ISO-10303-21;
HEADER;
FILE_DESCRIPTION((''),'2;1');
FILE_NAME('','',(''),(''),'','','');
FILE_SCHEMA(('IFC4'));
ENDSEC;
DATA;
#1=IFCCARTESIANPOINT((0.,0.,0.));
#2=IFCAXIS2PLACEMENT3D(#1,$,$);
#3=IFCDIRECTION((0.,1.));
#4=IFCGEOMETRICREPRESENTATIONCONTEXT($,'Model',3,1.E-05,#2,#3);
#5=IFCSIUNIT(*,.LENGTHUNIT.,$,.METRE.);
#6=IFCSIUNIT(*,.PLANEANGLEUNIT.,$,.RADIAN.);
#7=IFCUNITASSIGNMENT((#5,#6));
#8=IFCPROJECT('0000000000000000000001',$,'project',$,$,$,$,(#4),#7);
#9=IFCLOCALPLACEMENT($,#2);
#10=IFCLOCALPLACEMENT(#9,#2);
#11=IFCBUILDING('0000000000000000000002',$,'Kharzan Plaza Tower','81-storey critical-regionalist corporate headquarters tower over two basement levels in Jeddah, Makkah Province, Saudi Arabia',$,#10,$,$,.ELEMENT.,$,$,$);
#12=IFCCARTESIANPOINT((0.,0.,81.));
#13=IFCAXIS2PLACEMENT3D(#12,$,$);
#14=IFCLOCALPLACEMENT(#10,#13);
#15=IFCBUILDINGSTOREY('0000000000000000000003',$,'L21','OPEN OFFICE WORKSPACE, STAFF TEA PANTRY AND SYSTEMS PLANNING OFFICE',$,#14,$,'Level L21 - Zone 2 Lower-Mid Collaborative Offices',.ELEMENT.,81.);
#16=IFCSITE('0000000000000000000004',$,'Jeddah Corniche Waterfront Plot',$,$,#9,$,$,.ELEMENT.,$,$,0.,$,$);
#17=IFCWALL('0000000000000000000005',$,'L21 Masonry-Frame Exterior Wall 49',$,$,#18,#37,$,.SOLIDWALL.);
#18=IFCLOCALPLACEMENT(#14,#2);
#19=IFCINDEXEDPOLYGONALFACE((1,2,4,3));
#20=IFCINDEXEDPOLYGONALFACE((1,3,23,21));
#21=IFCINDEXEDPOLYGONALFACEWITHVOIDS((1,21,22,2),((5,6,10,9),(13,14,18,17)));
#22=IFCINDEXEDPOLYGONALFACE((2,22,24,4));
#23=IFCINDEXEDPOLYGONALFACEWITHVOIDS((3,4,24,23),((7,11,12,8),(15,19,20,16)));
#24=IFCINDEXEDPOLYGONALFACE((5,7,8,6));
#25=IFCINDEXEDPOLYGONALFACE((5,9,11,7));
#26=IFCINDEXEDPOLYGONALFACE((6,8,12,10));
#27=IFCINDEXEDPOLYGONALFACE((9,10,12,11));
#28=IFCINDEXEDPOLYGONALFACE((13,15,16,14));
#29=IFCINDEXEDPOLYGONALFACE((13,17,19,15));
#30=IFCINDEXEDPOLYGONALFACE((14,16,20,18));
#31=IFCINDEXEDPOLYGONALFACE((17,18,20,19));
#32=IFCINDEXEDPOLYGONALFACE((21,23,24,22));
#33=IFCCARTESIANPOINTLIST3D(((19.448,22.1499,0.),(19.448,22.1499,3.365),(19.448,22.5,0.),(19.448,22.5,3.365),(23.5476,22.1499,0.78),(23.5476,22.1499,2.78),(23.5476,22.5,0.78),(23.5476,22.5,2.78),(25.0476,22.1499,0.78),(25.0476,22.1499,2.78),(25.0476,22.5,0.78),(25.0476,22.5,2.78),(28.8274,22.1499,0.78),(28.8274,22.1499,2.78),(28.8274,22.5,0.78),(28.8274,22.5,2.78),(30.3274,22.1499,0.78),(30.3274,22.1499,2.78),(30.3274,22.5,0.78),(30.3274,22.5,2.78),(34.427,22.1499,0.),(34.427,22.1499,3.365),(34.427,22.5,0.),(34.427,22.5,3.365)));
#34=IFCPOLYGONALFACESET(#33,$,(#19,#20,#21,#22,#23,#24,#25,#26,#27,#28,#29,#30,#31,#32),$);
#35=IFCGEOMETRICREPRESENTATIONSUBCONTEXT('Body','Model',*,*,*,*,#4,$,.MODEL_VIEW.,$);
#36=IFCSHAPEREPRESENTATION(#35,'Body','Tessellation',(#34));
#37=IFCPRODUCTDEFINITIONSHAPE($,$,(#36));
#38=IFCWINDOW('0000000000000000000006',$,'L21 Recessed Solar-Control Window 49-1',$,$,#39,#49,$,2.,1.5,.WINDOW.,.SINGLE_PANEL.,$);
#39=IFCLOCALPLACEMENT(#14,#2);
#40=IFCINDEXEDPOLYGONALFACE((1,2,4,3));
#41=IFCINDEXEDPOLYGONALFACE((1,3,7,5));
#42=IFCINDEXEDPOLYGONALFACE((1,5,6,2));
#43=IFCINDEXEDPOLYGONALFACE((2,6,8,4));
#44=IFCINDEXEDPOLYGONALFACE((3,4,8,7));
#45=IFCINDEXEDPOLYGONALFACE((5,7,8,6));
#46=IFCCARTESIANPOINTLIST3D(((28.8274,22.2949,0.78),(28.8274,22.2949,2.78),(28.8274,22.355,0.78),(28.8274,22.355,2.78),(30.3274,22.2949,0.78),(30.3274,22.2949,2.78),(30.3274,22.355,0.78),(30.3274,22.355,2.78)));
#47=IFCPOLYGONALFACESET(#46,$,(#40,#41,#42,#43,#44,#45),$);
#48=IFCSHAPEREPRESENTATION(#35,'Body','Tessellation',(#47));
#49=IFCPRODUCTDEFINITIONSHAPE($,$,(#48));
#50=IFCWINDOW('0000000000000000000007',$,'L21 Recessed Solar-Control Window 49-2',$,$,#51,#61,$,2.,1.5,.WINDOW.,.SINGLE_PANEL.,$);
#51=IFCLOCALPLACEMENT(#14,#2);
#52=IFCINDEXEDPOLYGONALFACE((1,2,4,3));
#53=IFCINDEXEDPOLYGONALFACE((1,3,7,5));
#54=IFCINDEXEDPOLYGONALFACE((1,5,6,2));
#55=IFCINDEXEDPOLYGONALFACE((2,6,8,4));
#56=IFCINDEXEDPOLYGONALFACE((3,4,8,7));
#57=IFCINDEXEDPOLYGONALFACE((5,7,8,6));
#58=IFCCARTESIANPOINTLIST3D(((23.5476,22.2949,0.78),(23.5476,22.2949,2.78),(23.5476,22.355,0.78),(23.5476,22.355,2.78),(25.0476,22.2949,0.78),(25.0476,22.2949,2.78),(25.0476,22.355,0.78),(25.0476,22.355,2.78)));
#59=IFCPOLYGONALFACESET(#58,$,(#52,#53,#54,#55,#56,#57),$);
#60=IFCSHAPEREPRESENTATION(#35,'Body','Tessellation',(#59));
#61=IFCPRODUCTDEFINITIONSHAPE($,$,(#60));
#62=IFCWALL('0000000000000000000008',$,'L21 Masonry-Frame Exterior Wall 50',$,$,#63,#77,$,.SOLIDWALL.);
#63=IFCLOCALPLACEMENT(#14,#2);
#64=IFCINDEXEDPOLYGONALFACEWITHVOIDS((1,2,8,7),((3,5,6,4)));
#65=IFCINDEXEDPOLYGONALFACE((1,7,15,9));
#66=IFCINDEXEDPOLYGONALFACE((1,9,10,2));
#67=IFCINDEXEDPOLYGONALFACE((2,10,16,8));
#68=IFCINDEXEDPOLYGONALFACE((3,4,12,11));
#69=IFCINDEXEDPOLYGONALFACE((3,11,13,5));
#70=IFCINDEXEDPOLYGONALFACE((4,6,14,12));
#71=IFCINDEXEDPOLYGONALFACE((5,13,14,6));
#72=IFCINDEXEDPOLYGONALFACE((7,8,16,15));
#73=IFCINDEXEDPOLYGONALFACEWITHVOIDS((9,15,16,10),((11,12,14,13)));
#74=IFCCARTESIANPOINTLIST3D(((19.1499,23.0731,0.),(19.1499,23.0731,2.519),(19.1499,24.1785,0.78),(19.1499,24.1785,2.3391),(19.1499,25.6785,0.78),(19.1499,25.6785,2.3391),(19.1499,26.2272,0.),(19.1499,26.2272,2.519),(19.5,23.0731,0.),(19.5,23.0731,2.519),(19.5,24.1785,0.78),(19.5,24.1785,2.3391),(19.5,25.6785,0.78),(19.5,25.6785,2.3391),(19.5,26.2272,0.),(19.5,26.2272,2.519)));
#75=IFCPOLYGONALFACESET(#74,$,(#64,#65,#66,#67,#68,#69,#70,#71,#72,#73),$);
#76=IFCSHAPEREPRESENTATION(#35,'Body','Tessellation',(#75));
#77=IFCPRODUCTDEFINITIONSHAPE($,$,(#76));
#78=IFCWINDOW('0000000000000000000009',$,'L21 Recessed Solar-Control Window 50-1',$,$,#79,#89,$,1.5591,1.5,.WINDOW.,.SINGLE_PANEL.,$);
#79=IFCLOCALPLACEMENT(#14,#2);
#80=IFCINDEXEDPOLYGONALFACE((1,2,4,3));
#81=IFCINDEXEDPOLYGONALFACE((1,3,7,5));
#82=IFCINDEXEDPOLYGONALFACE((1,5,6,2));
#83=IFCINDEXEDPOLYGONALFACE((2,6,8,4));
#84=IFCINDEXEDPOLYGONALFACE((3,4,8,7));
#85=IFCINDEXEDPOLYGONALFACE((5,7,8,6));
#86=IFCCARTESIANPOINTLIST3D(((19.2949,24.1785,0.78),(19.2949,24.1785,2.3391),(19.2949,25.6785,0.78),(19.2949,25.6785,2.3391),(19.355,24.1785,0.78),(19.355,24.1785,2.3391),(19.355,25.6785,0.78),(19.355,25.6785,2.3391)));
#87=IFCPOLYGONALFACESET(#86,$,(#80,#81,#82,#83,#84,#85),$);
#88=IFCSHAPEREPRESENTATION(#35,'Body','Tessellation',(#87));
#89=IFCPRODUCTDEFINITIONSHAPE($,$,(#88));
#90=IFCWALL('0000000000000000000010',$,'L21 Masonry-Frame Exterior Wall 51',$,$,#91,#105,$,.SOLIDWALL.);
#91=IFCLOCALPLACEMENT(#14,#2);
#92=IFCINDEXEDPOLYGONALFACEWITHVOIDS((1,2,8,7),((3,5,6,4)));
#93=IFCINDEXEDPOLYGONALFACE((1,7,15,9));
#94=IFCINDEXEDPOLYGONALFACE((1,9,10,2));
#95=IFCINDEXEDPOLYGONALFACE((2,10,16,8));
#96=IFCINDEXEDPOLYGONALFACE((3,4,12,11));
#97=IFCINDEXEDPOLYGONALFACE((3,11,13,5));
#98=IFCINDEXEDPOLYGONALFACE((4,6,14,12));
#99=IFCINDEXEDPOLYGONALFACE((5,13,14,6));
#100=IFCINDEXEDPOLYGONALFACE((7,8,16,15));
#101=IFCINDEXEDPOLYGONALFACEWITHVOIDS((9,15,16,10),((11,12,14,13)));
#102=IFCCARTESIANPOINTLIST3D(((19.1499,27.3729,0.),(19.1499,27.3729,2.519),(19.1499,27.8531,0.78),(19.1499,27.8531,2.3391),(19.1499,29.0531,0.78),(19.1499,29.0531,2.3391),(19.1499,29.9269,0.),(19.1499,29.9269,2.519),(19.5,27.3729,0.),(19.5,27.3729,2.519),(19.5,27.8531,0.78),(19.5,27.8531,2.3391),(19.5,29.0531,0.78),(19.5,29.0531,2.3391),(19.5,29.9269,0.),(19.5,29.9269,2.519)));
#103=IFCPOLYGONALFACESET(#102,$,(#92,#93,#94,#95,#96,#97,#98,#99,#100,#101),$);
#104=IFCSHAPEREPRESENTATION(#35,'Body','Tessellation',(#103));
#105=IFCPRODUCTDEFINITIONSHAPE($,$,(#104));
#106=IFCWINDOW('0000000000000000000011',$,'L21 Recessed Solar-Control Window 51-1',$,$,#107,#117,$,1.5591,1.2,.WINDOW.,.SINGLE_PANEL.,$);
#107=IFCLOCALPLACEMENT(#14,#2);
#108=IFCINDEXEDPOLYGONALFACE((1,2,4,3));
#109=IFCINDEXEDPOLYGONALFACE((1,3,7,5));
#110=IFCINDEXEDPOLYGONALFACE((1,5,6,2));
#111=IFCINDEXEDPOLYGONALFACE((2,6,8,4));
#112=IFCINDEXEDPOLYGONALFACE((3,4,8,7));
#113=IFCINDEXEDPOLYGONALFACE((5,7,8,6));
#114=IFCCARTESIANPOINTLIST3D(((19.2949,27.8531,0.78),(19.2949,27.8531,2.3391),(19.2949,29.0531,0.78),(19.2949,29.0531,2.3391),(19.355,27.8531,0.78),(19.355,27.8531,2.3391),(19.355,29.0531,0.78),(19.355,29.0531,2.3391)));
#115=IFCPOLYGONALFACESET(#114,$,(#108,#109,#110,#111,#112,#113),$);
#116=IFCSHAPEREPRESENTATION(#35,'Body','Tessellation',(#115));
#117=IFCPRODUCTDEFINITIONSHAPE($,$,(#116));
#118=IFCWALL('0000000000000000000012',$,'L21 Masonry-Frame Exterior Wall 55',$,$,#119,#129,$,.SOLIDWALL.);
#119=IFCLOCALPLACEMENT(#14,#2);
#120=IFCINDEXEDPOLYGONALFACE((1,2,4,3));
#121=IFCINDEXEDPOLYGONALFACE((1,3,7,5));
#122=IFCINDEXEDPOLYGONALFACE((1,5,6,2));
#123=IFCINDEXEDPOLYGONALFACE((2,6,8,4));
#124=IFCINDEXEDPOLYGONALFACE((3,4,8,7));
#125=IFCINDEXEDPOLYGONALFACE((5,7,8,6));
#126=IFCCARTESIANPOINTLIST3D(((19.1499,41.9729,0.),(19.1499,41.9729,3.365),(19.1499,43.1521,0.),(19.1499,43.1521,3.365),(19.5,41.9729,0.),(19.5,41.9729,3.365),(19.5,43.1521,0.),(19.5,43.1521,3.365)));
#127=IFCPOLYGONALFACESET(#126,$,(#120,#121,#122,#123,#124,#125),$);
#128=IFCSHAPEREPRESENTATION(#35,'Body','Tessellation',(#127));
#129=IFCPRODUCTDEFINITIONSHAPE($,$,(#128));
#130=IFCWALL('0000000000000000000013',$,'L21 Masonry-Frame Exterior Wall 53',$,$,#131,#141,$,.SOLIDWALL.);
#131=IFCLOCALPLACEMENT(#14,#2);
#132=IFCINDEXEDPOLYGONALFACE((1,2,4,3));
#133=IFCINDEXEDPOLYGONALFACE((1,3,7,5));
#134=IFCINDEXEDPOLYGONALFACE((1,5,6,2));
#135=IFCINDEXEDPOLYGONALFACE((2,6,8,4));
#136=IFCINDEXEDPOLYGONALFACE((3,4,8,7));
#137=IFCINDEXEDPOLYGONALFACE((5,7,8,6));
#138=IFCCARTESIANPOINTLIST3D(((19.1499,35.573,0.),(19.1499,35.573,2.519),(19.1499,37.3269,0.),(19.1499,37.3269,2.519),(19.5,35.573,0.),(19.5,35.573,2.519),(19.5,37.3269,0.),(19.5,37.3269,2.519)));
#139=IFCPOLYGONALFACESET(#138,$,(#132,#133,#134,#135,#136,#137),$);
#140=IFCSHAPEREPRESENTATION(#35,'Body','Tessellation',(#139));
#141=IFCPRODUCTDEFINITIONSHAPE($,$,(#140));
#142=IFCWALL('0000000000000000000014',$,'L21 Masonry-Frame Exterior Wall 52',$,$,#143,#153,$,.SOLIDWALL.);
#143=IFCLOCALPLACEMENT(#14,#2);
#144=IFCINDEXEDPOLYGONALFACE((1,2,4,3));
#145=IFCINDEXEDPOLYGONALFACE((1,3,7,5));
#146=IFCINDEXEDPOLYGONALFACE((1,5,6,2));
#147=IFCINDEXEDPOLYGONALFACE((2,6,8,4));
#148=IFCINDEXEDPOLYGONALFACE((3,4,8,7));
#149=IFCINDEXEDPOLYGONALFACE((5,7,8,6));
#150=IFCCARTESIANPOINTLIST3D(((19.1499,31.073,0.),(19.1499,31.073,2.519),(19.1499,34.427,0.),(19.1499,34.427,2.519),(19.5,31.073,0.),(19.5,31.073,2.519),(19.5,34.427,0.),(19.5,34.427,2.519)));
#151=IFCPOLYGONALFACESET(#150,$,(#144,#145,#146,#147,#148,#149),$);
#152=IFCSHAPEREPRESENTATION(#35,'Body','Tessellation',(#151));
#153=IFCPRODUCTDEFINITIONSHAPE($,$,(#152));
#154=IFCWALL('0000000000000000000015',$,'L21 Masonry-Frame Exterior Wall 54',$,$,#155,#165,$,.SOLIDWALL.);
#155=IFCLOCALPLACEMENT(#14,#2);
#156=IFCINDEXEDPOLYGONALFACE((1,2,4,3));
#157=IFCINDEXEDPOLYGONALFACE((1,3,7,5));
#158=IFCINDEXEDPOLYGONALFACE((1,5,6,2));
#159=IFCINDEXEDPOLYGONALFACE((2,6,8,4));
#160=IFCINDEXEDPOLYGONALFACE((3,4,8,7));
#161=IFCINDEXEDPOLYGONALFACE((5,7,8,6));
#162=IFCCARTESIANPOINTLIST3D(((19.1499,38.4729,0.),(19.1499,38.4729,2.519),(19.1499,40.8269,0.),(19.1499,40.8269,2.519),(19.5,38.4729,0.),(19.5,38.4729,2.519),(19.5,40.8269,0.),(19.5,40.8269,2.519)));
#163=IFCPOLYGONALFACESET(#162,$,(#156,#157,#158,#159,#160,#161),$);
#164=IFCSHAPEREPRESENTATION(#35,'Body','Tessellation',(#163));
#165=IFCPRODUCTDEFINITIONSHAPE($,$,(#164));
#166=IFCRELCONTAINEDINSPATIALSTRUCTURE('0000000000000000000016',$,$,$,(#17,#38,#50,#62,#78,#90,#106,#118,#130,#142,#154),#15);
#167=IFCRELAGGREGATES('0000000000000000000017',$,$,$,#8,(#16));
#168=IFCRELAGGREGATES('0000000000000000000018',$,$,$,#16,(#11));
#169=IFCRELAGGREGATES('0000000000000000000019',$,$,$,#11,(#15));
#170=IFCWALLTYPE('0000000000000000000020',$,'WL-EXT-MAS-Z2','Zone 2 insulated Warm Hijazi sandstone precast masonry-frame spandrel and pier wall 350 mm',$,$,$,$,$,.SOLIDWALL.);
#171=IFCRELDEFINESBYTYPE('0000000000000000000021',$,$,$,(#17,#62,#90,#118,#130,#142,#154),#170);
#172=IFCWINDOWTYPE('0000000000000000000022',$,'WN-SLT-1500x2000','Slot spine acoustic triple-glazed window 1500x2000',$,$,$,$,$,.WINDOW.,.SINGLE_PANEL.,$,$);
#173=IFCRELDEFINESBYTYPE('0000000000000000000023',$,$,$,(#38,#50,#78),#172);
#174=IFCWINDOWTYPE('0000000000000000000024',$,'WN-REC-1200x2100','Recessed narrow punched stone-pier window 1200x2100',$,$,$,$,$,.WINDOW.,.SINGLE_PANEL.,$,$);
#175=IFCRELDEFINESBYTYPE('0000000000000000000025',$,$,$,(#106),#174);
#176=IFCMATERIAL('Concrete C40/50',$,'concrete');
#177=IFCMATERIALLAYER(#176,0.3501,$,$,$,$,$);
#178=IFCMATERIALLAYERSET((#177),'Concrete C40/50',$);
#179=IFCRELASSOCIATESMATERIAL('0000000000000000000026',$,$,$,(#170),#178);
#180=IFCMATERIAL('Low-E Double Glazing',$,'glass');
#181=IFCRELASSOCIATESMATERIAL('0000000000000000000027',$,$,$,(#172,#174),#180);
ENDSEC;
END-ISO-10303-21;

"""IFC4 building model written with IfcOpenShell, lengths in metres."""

from ifc_helpers import new_model, si_unit, direction, frame, frame_2d, origin, place, context, subcontext, project, spatial, rectangle, extrude, source, transform, mapped, material, layer, layer_set, type_object, element, fill, save


model = new_model("IFC4")

# Units and contexts
model_context = context("Model", 3, precision=1e-05, world=origin(), true_north=direction((0.0, 1.0)))
body_context = subcontext(model_context, "Body", "Model", "MODEL_VIEW")
ifc_project = project(units=[si_unit("LENGTHUNIT", "METRE"), si_unit("PLANEANGLEUNIT", "RADIAN")], contexts=[model_context])

# Site, building, storey
site_placement = place(None, origin())
site = spatial("IfcSite", under=ifc_project, at=site_placement, Name="Jeddah Corniche Waterfront Plot", CompositionType="ELEMENT", RefElevation=0.0)
building_placement = place(site_placement, origin())
building = spatial("IfcBuilding", under=site, at=building_placement, Name="Kharzan Plaza Tower", Description="81-storey critical-regionalist corporate headquarters tower over two basement levels in Jeddah, Makkah Province, Saudi Arabia", CompositionType="ELEMENT")
storey_placement = place(building_placement, frame((0.0, 0.0, 81.0)))
storey = spatial("IfcBuildingStorey", under=building, at=storey_placement, Name="L21", Description="OPEN OFFICE WORKSPACE, STAFF TEA PANTRY AND SYSTEMS PLANNING OFFICE", LongName="Level L21 - Zone 2 Lower-Mid Collaborative Offices", CompositionType="ELEMENT", Elevation=81.0)

# Shared definitions
ifc_material_1 = material(Name="Concrete C40/50", Category="concrete")
ifc_layer_1 = layer(ifc_material_1, 0.3501)
ifc_layer_set_1 = layer_set([ifc_layer_1], Name="Concrete C40/50")
wall_type_1 = type_object("IfcWallType", Name="WL-EXT-MAS-Z2", Description="Zone 2 insulated Warm Hijazi sandstone precast masonry-frame spandrel and pier wall 350 mm", PredefinedType="SOLIDWALL", material=ifc_layer_set_1)
ifc_material_2 = material(Name="Low-E Double Glazing", Category="glass")

# Wall, openings, windows
wall_1_placement = place(storey_placement, frame((34.427, 22.325, 0.0), z_axis=(0.0, 0.0, 1.0), x_axis=(-1.0, 0.0, 0.0)))
wall_1 = element("IfcWall", 1, at=wall_1_placement, inside=storey, type_object=wall_type_1, Name="L21 Masonry-Frame Exterior Wall 49", PredefinedType="SOLIDWALL", context=body_context, shape_type="SweptSolid", body=[
    extrude(rectangle(XDim=14.979, YDim=0.3501, at=frame_2d((7.4895, 0.0))), origin(), (0.0, 0.0, 1.0), 3.365),
])
opening_1_placement = place(wall_1_placement, frame((4.0996, 0.0, 0.78)))
opening_1 = element("IfcOpeningElement", 2, at=opening_1_placement, cuts=wall_1, PredefinedType="OPENING", context=body_context, shape_type="SweptSolid", body=[
    extrude(rectangle(XDim=1.5, YDim=2.0, at=frame_2d((0.75, 1.0))), frame((0.0, 0.1851, 0.0), z_axis=(0.0, -1.0, 0.0), x_axis=(1.0, 0.0, 0.0)), (0.0, 0.0, 1.0), 0.3701),
])
opening_2_placement = place(wall_1_placement, frame((9.3794, 0.0, 0.78)))
opening_2 = element("IfcOpeningElement", 3, at=opening_2_placement, cuts=wall_1, PredefinedType="OPENING", context=body_context, shape_type="SweptSolid", body=[
    extrude(rectangle(XDim=1.5, YDim=2.0, at=frame_2d((0.75, 1.0))), frame((0.0, 0.1851, 0.0), z_axis=(0.0, -1.0, 0.0), x_axis=(1.0, 0.0, 0.0)), (0.0, 0.0, 1.0), 0.3701),
])
window_type_1 = type_object("IfcWindowType", Name="WN-SLT-1500x2000", Description="Slot spine acoustic triple-glazed window 1500x2000", PartitioningType="SINGLE_PANEL", PredefinedType="WINDOW", material=ifc_material_2)
shared_shape_1 = source(origin(), body_context, "Body", "SweptSolid", [
    extrude(rectangle(XDim=1.5, YDim=2.0, at=frame_2d((0.75, 1.0))), frame((0.0, 0.03, 0.0), z_axis=(0.0, -1.0, 0.0), x_axis=(1.0, 0.0, 0.0)), (0.0, 0.0, 1.0), 0.0601),
])
window_1_placement = place(opening_1_placement, origin())
window_1 = element("IfcWindow", 4, at=window_1_placement, inside=storey, type_object=window_type_1, Name="L21 Recessed Solar-Control Window 49-1", OverallHeight=2.0, OverallWidth=1.5, PartitioningType="SINGLE_PANEL", PredefinedType="WINDOW", context=body_context, shape_type="MappedRepresentation", body=[
    mapped(shared_shape_1, transform((0.0, 0.0, 0.0), x_axis=(1.0, 0.0, 0.0), y_axis=(0.0, 1.0, 0.0), z_axis=(0.0, 0.0, 1.0))),
])
fill(opening_1, window_1)
window_2_placement = place(opening_2_placement, origin())
window_2 = element("IfcWindow", 5, at=window_2_placement, inside=storey, type_object=window_type_1, Name="L21 Recessed Solar-Control Window 49-2", OverallHeight=2.0, OverallWidth=1.5, PartitioningType="SINGLE_PANEL", PredefinedType="WINDOW", context=body_context, shape_type="MappedRepresentation", body=[
    mapped(shared_shape_1, transform((0.0, 0.0, 0.0), x_axis=(1.0, 0.0, 0.0), y_axis=(0.0, 1.0, 0.0), z_axis=(0.0, 0.0, 1.0))),
])
fill(opening_2, window_2)

# Walls, openings, windows
wall_2_placement = place(storey_placement, frame((19.325, 23.073, 0.0), z_axis=(0.0, 0.0, 1.0), x_axis=(0.0, 1.0, 0.0)))
wall_2 = element("IfcWall", 6, at=wall_2_placement, inside=storey, type_object=wall_type_1, Name="L21 Masonry-Frame Exterior Wall 50", PredefinedType="SOLIDWALL", context=body_context, shape_type="SweptSolid", body=[
    extrude(rectangle(XDim=3.1541, YDim=0.3501, at=frame_2d((1.5771, 0.0))), origin(), (0.0, 0.0, 1.0), 2.519),
])
opening_3_placement = place(wall_2_placement, frame((1.1055, 0.0, 0.78)))
opening_3 = element("IfcOpeningElement", 7, at=opening_3_placement, cuts=wall_2, PredefinedType="OPENING", context=body_context, shape_type="SweptSolid", body=[
    extrude(rectangle(XDim=1.5, YDim=1.5591, at=frame_2d((0.75, 0.7795))), frame((0.0, 0.1851, 0.0), z_axis=(0.0, -1.0, 0.0), x_axis=(1.0, 0.0, 0.0)), (0.0, 0.0, 1.0), 0.3701),
])
shared_shape_2 = source(origin(), body_context, "Body", "SweptSolid", [
    extrude(rectangle(XDim=1.5, YDim=1.5591, at=frame_2d((0.75, 0.7795))), frame((0.0, 0.03, 0.0), z_axis=(0.0, -1.0, 0.0), x_axis=(1.0, 0.0, 0.0)), (0.0, 0.0, 1.0), 0.0601),
])
window_3_placement = place(opening_3_placement, origin())
window_3 = element("IfcWindow", 8, at=window_3_placement, inside=storey, type_object=window_type_1, Name="L21 Recessed Solar-Control Window 50-1", OverallHeight=1.5591, OverallWidth=1.5, PartitioningType="SINGLE_PANEL", PredefinedType="WINDOW", context=body_context, shape_type="MappedRepresentation", body=[
    mapped(shared_shape_2, transform((0.0, 0.0, 0.0), x_axis=(1.0, 0.0, 0.0), y_axis=(0.0, 1.0, 0.0), z_axis=(0.0, 0.0, 1.0))),
])
fill(opening_3, window_3)
wall_3_placement = place(storey_placement, frame((19.325, 27.373, 0.0), z_axis=(0.0, 0.0, 1.0), x_axis=(0.0, 1.0, 0.0)))
wall_3 = element("IfcWall", 9, at=wall_3_placement, inside=storey, type_object=wall_type_1, Name="L21 Masonry-Frame Exterior Wall 51", PredefinedType="SOLIDWALL", context=body_context, shape_type="SweptSolid", body=[
    extrude(rectangle(XDim=2.554, YDim=0.3501, at=frame_2d((1.2769, 0.0))), origin(), (0.0, 0.0, 1.0), 2.519),
])
opening_4_placement = place(wall_3_placement, frame((0.48, 0.0, 0.78)))
opening_4 = element("IfcOpeningElement", 10, at=opening_4_placement, cuts=wall_3, PredefinedType="OPENING", context=body_context, shape_type="SweptSolid", body=[
    extrude(rectangle(XDim=1.2, YDim=1.5591, at=frame_2d((0.6001, 0.7795))), frame((0.0, 0.1851, 0.0), z_axis=(0.0, -1.0, 0.0), x_axis=(1.0, 0.0, 0.0)), (0.0, 0.0, 1.0), 0.3701),
])
window_type_2 = type_object("IfcWindowType", Name="WN-REC-1200x2100", Description="Recessed narrow punched stone-pier window 1200x2100", PartitioningType="SINGLE_PANEL", PredefinedType="WINDOW", material=ifc_material_2)
shared_shape_3 = source(origin(), body_context, "Body", "SweptSolid", [
    extrude(rectangle(XDim=1.2, YDim=1.5591, at=frame_2d((0.6001, 0.7795))), frame((0.0, 0.03, 0.0), z_axis=(0.0, -1.0, 0.0), x_axis=(1.0, 0.0, 0.0)), (0.0, 0.0, 1.0), 0.0601),
])
window_4_placement = place(opening_4_placement, origin())
window_4 = element("IfcWindow", 11, at=window_4_placement, inside=storey, type_object=window_type_2, Name="L21 Recessed Solar-Control Window 51-1", OverallHeight=1.5591, OverallWidth=1.2, PartitioningType="SINGLE_PANEL", PredefinedType="WINDOW", context=body_context, shape_type="MappedRepresentation", body=[
    mapped(shared_shape_3, transform((0.0, 0.0, 0.0), x_axis=(1.0, 0.0, 0.0), y_axis=(0.0, 1.0, 0.0), z_axis=(0.0, 0.0, 1.0))),
])
fill(opening_4, window_4)

# Walls
shared_shape_4 = source(origin(), body_context, "Body", "SweptSolid", [
    extrude(rectangle(XDim=1.1792, YDim=0.3501, at=frame_2d((0.5896, 0.0))), origin(), (0.0, 0.0, 1.0), 3.365),
])
wall_4_placement = place(storey_placement, frame((19.325, 41.9729, 0.0), z_axis=(0.0, 0.0, 1.0), x_axis=(0.0, 1.0, 0.0)))
element("IfcWall", 12, at=wall_4_placement, inside=storey, type_object=wall_type_1, Name="L21 Masonry-Frame Exterior Wall 55", PredefinedType="SOLIDWALL", context=body_context, shape_type="MappedRepresentation", body=[
    mapped(shared_shape_4, transform((0.0, 0.0, 0.0), x_axis=(1.0, 0.0, 0.0), y_axis=(0.0, 1.0, 0.0), z_axis=(0.0, 0.0, 1.0))),
])
shared_shape_5 = source(origin(), body_context, "Body", "SweptSolid", [
    extrude(rectangle(XDim=1.7539, YDim=0.3501, at=frame_2d((0.877, 0.0))), origin(), (0.0, 0.0, 1.0), 2.519),
])
wall_5_placement = place(storey_placement, frame((19.325, 35.573, 0.0), z_axis=(0.0, 0.0, 1.0), x_axis=(0.0, 1.0, 0.0)))
element("IfcWall", 13, at=wall_5_placement, inside=storey, type_object=wall_type_1, Name="L21 Masonry-Frame Exterior Wall 53", PredefinedType="SOLIDWALL", context=body_context, shape_type="MappedRepresentation", body=[
    mapped(shared_shape_5, transform((0.0, 0.0, 0.0), x_axis=(1.0, 0.0, 0.0), y_axis=(0.0, 1.0, 0.0), z_axis=(0.0, 0.0, 1.0))),
])
shared_shape_6 = source(origin(), body_context, "Body", "SweptSolid", [
    extrude(rectangle(XDim=3.354, YDim=0.3501, at=frame_2d((1.677, 0.0))), origin(), (0.0, 0.0, 1.0), 2.519),
])
wall_6_placement = place(storey_placement, frame((19.325, 31.073, 0.0), z_axis=(0.0, 0.0, 1.0), x_axis=(0.0, 1.0, 0.0)))
element("IfcWall", 14, at=wall_6_placement, inside=storey, type_object=wall_type_1, Name="L21 Masonry-Frame Exterior Wall 52", PredefinedType="SOLIDWALL", context=body_context, shape_type="MappedRepresentation", body=[
    mapped(shared_shape_6, transform((0.0, 0.0, 0.0), x_axis=(1.0, 0.0, 0.0), y_axis=(0.0, 1.0, 0.0), z_axis=(0.0, 0.0, 1.0))),
])
shared_shape_7 = source(origin(), body_context, "Body", "SweptSolid", [
    extrude(rectangle(XDim=2.354, YDim=0.3501, at=frame_2d((1.177, 0.0))), origin(), (0.0, 0.0, 1.0), 2.519),
])
wall_7_placement = place(storey_placement, frame((19.325, 38.4729, 0.0), z_axis=(0.0, 0.0, 1.0), x_axis=(0.0, 1.0, 0.0)))
element("IfcWall", 15, at=wall_7_placement, inside=storey, type_object=wall_type_1, Name="L21 Masonry-Frame Exterior Wall 54", PredefinedType="SOLIDWALL", context=body_context, shape_type="MappedRepresentation", body=[
    mapped(shared_shape_7, transform((0.0, 0.0, 0.0), x_axis=(1.0, 0.0, 0.0), y_axis=(0.0, 1.0, 0.0), z_axis=(0.0, 0.0, 1.0))),
])

save(model, "model.ifc")
